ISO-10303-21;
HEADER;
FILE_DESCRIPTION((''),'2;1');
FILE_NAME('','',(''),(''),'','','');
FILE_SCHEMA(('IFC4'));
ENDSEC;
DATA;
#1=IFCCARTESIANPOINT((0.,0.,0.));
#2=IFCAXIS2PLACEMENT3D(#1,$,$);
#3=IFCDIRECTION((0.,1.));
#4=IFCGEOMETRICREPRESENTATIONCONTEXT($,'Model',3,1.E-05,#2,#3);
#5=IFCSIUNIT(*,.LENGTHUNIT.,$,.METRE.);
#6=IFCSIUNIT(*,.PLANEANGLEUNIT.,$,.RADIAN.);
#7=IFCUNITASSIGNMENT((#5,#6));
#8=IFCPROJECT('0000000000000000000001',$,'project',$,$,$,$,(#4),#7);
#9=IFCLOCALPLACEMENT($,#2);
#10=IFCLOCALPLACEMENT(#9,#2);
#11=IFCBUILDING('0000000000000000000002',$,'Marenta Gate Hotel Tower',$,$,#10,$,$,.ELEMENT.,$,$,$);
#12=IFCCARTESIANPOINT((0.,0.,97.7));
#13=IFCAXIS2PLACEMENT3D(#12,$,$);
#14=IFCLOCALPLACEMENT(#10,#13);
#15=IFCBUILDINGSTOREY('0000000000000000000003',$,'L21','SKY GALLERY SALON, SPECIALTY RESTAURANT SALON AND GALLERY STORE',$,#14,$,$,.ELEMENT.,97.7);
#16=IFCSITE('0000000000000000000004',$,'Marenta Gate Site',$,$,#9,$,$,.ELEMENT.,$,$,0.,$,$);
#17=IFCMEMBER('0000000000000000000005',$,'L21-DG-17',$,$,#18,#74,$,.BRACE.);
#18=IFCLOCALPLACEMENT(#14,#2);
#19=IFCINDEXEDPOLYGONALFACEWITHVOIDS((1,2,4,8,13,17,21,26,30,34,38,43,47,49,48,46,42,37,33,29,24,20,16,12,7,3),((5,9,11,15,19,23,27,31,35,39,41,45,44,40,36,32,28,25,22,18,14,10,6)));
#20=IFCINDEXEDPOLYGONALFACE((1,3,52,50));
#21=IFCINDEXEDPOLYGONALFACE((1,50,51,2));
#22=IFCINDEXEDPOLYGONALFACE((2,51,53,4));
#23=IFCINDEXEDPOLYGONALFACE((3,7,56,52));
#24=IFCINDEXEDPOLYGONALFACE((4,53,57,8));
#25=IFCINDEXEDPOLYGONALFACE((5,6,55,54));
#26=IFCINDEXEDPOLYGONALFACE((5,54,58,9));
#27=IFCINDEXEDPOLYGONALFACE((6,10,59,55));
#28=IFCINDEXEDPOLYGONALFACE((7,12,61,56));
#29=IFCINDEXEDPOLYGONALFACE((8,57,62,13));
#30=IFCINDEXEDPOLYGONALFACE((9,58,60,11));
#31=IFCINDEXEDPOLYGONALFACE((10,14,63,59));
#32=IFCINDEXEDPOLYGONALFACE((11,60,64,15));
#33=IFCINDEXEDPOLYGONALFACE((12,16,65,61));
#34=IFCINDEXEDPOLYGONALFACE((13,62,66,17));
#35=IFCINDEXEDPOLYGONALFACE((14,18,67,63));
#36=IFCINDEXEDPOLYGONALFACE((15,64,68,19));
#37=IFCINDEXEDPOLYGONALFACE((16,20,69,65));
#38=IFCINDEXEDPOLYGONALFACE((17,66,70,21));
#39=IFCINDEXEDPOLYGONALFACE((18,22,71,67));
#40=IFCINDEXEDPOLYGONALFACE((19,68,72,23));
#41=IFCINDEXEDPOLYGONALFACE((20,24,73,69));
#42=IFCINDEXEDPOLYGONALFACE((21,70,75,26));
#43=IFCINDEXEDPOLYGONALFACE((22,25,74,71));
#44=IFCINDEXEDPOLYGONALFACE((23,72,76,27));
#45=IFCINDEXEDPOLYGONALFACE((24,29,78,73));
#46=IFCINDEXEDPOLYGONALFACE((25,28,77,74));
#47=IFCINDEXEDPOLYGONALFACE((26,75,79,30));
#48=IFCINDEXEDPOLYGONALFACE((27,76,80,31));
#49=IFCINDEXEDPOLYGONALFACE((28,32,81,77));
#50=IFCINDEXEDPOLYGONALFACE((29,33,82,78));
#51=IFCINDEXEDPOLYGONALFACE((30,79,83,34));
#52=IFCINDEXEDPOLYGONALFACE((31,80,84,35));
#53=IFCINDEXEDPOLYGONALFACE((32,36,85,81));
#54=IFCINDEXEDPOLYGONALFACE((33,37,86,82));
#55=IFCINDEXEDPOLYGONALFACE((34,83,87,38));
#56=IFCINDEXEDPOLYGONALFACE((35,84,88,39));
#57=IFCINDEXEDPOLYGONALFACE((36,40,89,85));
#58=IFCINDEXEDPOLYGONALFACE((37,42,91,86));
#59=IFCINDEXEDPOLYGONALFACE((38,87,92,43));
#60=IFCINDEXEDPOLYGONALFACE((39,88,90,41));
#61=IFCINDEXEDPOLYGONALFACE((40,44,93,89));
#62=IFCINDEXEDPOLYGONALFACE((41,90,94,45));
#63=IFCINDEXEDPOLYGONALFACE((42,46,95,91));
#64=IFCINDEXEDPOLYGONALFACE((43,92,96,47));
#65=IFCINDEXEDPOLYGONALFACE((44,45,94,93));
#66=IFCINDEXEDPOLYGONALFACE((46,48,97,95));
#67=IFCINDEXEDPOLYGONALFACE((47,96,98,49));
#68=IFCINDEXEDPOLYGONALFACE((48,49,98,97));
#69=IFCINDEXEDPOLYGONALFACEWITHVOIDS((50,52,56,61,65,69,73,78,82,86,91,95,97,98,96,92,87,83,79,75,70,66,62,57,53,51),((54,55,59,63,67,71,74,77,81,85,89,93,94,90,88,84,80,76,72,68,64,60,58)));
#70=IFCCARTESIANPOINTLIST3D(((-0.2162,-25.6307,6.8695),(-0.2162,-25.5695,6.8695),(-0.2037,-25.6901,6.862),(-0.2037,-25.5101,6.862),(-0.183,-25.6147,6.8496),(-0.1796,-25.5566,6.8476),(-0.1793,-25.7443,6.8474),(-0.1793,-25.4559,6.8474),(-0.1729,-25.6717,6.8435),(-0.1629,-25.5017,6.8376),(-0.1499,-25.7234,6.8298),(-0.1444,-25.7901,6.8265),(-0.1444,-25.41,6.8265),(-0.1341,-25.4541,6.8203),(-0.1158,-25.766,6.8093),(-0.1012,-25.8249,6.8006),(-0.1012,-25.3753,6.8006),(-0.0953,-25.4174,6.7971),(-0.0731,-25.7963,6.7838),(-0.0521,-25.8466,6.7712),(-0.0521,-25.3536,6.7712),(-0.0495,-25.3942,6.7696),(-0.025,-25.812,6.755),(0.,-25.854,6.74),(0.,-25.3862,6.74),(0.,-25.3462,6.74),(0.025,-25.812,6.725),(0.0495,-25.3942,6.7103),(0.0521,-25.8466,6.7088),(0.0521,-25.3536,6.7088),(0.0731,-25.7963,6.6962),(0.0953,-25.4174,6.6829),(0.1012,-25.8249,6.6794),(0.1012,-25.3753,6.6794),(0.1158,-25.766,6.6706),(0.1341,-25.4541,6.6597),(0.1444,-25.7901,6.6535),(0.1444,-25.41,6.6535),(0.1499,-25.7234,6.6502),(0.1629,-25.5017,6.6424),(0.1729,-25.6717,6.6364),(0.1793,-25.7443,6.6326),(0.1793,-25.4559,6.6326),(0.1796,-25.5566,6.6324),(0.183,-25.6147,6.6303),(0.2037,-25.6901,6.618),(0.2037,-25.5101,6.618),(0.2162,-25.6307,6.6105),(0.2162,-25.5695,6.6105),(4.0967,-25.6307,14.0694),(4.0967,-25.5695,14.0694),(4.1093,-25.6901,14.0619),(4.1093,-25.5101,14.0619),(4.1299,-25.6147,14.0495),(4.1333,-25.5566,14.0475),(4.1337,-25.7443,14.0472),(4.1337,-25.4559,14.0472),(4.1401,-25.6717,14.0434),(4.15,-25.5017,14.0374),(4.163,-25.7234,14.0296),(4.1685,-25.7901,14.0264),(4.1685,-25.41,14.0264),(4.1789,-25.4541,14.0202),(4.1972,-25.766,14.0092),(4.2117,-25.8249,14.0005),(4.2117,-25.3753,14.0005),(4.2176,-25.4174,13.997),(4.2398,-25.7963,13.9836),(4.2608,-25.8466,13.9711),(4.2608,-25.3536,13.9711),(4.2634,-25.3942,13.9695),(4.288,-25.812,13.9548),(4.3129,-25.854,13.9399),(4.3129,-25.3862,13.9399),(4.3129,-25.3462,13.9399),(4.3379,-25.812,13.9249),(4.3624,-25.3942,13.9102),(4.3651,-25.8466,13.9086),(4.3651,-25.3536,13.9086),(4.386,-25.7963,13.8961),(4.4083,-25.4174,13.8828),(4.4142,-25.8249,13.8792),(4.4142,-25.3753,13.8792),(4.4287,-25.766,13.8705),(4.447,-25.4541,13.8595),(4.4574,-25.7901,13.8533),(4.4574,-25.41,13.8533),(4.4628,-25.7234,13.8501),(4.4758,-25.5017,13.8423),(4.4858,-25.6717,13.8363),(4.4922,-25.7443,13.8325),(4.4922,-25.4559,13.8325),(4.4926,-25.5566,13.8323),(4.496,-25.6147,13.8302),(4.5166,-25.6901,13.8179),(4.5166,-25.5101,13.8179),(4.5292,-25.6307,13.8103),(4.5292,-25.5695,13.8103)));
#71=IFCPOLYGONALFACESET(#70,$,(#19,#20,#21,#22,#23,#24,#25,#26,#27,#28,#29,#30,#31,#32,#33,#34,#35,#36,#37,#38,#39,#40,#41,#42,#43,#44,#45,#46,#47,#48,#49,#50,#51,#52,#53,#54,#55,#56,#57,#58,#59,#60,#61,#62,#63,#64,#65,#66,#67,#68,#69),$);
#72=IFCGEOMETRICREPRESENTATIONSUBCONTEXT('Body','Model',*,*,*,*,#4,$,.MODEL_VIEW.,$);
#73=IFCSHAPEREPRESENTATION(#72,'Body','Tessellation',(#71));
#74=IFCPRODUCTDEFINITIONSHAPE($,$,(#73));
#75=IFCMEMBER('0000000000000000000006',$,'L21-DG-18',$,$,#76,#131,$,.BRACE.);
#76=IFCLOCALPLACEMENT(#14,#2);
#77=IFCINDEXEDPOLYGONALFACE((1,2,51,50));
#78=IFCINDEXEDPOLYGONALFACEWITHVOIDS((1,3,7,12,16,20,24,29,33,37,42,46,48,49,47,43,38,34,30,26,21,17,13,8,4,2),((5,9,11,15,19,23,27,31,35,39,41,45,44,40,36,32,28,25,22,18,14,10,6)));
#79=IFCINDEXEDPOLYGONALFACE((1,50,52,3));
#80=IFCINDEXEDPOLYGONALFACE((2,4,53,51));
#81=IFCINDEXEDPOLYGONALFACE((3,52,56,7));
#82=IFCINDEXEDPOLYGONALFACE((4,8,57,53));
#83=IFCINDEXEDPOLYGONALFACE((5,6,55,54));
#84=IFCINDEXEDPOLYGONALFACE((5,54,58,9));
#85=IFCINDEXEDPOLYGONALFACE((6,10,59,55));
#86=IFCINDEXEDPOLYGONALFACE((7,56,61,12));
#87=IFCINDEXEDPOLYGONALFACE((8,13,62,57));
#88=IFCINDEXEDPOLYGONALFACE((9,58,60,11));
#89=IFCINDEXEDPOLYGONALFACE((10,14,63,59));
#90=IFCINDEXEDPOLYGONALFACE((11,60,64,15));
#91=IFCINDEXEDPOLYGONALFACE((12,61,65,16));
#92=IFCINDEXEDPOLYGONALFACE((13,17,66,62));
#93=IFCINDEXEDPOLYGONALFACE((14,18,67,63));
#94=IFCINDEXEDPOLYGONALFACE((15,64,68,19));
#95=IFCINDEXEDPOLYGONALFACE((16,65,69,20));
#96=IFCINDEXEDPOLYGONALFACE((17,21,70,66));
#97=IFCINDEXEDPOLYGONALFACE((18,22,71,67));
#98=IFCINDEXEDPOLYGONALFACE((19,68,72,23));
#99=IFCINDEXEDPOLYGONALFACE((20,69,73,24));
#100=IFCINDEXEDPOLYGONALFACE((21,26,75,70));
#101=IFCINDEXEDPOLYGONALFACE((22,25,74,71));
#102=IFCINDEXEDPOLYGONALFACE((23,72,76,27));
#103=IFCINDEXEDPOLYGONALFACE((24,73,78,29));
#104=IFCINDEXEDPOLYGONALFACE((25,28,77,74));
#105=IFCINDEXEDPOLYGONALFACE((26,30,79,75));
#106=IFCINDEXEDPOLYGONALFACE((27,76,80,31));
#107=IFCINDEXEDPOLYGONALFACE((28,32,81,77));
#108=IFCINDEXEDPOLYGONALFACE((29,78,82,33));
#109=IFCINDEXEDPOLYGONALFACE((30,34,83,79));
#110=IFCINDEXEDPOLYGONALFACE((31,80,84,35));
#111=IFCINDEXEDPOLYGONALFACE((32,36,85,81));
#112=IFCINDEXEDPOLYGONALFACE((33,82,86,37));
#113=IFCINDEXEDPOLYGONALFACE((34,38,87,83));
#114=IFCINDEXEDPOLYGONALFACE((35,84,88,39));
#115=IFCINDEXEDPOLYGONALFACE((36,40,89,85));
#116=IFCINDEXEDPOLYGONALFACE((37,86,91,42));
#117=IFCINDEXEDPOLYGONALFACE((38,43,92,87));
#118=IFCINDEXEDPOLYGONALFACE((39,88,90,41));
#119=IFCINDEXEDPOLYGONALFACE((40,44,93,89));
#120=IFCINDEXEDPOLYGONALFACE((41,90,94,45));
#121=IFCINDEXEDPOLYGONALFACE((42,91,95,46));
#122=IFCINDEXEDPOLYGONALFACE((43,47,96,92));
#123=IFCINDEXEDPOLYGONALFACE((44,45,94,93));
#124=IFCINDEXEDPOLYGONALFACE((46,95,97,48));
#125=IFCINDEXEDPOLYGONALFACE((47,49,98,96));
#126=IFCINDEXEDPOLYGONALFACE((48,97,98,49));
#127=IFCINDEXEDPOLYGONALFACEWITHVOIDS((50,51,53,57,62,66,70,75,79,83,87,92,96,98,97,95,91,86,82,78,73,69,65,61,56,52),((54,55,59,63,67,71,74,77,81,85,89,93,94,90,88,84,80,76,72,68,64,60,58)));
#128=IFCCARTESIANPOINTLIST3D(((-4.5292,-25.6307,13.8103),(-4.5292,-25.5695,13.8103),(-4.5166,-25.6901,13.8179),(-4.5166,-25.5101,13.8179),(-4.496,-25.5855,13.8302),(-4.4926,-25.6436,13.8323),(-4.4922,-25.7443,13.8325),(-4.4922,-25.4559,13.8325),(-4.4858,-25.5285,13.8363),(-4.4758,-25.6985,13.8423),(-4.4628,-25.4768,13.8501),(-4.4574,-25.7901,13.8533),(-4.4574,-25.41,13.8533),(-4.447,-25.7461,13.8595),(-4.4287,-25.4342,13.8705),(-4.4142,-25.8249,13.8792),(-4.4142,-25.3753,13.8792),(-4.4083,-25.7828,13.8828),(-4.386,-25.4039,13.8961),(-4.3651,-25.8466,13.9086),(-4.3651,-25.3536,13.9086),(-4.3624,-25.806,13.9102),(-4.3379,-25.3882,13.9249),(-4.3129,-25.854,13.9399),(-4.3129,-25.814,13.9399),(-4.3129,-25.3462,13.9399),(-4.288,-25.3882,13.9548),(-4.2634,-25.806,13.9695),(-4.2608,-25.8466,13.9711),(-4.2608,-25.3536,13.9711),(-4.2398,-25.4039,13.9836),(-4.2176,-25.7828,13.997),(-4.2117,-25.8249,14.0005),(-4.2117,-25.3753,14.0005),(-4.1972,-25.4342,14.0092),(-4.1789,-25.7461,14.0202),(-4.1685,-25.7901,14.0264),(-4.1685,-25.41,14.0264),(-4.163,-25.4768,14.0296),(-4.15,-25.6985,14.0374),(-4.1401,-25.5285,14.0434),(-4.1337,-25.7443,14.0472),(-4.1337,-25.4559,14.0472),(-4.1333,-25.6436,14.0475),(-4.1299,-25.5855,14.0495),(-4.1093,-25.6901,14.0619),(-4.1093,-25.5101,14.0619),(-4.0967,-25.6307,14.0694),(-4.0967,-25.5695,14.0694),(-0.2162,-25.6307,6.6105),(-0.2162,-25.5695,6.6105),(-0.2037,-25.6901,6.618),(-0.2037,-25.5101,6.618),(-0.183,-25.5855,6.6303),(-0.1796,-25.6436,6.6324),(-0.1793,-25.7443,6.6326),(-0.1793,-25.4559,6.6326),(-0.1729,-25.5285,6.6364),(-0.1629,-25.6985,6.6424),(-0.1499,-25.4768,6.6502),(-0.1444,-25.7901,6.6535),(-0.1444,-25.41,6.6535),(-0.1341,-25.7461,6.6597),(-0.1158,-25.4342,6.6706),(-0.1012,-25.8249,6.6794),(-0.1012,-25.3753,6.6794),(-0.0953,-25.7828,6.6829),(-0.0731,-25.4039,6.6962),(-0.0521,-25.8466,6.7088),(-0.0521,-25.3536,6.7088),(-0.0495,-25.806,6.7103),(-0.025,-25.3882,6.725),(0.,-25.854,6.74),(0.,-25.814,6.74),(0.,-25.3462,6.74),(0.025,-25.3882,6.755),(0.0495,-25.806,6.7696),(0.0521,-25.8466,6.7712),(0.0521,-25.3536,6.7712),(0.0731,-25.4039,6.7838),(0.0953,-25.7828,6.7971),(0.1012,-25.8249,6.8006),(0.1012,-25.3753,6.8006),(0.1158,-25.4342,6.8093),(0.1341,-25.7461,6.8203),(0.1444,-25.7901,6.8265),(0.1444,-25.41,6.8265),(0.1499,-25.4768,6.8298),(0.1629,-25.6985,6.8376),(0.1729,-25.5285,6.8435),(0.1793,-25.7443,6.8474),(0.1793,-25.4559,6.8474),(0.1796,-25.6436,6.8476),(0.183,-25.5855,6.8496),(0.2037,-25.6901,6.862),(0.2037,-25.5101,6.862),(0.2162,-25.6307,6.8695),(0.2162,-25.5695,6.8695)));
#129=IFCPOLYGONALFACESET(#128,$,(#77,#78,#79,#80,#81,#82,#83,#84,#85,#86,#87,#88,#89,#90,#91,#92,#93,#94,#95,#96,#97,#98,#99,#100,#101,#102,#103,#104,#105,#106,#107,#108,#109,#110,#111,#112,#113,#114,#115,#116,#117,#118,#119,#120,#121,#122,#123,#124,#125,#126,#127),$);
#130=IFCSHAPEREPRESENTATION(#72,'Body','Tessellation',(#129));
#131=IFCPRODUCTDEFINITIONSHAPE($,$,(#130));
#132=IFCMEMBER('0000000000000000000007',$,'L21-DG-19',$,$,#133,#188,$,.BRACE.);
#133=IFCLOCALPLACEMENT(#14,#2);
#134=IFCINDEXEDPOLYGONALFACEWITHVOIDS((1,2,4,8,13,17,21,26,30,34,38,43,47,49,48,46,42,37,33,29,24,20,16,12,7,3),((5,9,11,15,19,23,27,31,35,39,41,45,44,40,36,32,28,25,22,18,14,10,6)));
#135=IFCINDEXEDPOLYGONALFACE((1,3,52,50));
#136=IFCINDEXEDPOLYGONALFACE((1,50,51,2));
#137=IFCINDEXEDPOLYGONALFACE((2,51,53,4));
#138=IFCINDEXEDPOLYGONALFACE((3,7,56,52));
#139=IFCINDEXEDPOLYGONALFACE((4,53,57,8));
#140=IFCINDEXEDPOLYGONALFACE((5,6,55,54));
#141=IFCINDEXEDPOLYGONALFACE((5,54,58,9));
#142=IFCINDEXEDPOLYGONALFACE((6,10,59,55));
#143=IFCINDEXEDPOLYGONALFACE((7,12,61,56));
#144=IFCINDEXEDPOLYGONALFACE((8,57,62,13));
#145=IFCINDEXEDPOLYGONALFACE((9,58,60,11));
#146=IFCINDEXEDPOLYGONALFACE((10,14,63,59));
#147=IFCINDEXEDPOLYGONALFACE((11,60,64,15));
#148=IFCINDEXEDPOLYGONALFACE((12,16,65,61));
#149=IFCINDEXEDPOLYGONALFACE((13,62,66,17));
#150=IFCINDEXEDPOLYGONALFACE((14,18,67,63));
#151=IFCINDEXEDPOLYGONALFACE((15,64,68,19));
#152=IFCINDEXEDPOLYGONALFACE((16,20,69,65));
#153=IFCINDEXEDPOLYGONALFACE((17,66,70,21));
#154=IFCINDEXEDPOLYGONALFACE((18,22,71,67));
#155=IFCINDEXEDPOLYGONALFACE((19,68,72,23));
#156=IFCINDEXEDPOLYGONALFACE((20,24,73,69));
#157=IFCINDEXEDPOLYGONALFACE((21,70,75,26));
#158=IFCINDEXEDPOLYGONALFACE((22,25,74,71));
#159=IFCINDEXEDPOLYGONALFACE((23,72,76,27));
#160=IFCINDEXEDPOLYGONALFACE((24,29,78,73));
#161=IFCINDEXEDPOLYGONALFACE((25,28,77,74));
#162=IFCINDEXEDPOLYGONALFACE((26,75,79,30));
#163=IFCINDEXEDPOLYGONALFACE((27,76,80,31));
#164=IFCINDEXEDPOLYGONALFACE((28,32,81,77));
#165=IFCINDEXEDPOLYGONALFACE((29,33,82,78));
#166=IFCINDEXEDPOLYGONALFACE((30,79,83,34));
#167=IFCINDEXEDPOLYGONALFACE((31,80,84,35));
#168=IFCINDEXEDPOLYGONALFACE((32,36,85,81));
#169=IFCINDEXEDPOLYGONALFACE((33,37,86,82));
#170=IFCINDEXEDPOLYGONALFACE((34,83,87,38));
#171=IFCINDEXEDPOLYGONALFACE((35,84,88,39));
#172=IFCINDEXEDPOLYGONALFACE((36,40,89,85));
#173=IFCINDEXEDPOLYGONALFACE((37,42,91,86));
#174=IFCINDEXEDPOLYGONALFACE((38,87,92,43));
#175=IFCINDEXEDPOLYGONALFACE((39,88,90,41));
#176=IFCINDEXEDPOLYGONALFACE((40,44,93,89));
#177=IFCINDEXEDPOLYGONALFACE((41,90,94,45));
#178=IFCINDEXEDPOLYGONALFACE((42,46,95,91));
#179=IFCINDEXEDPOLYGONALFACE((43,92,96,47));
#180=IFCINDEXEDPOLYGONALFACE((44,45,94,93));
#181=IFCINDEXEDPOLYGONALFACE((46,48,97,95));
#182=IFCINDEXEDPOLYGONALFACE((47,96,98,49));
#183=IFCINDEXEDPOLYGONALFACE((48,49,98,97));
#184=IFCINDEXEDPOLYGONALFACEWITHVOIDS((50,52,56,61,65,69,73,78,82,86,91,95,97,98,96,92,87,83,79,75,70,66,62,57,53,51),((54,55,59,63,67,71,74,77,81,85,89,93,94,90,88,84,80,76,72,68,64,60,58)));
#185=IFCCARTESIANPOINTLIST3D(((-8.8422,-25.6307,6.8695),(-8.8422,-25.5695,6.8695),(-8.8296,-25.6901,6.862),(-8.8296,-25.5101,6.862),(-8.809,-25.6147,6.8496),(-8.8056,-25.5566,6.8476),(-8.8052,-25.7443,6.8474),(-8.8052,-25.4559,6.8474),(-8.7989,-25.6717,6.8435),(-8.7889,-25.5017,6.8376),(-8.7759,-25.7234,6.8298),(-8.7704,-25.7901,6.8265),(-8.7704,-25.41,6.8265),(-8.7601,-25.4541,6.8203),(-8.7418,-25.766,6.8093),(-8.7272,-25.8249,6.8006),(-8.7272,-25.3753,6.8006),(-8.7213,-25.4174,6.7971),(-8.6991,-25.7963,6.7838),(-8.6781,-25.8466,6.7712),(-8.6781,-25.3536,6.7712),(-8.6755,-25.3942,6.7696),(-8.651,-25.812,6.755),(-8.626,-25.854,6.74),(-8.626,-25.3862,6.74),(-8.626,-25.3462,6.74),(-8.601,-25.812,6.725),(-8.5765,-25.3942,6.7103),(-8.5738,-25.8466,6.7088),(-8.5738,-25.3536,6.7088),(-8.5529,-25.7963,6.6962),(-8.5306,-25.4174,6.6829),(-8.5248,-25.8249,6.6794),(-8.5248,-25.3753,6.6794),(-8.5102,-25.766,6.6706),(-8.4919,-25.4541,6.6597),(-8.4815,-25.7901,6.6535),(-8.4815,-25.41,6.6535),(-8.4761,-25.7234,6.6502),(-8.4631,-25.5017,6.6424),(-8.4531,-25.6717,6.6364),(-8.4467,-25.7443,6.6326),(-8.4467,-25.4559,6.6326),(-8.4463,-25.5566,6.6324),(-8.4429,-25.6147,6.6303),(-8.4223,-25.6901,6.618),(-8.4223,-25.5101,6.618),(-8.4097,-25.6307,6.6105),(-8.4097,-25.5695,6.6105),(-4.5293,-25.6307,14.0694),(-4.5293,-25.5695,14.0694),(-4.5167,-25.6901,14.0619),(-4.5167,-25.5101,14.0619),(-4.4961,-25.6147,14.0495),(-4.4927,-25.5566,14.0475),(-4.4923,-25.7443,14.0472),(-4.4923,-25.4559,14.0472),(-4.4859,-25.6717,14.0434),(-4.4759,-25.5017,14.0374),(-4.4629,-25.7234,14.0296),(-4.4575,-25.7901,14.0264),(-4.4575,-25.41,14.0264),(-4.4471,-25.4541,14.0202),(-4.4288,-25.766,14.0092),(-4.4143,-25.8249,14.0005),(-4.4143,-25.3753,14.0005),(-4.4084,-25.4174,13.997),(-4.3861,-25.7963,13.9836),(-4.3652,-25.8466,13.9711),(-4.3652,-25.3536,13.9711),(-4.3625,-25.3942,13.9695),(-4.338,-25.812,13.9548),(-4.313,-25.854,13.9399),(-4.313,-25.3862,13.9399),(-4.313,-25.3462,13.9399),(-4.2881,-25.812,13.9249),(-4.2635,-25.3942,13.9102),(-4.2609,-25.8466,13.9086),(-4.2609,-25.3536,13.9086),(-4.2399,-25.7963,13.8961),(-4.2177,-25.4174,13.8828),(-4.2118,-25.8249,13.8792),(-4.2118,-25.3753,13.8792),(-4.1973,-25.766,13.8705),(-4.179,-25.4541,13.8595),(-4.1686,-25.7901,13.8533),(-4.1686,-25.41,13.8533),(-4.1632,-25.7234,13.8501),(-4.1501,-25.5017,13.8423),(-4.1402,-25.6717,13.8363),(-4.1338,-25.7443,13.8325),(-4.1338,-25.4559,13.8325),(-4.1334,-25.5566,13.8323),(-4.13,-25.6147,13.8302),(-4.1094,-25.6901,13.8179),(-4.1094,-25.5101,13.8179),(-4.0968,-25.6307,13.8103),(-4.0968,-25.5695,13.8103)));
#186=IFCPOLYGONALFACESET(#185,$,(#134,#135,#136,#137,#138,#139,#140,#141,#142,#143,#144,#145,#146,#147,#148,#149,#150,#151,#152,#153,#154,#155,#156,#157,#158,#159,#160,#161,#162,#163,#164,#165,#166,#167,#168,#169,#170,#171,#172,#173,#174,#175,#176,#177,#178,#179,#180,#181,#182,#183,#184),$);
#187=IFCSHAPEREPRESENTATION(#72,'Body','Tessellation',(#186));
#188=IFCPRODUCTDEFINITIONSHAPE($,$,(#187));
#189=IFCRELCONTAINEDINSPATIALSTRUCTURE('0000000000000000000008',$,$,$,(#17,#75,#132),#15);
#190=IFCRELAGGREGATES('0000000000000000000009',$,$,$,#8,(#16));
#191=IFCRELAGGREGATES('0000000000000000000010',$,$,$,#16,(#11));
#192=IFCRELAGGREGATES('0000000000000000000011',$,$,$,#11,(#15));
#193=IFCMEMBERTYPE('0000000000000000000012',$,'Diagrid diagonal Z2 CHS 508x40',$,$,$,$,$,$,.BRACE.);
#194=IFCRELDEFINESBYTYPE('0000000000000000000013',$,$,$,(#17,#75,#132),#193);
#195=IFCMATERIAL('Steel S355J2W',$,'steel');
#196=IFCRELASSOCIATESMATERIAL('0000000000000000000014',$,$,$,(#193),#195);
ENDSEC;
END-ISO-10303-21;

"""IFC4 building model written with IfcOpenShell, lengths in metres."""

from ifc_helpers import new_model, si_unit, direction, frame, origin, origin_2d, place, context, subcontext, project, spatial, hollow_circle, extrude, material, material_profile, profile_set, type_object, element, save


model = new_model("IFC4")

# Units and contexts
model_context = context("Model", 3, precision=1e-05, world=origin(), true_north=direction((0.0, 1.0)))
body_context = subcontext(model_context, "Body", "Model", "MODEL_VIEW")
ifc_project = project(units=[si_unit("LENGTHUNIT", "METRE"), si_unit("PLANEANGLEUNIT", "RADIAN")], contexts=[model_context])

# Site, building, storey
site_placement = place(None, origin())
site = spatial("IfcSite", under=ifc_project, at=site_placement, Name="Marenta Gate Site", CompositionType="ELEMENT", RefElevation=0.0)
building_placement = place(site_placement, origin())
building = spatial("IfcBuilding", under=site, at=building_placement, Name="Marenta Gate Hotel Tower", CompositionType="ELEMENT")
storey_placement = place(building_placement, frame((0.0, 0.0, 97.7)))
storey = spatial("IfcBuildingStorey", under=building, at=storey_placement, Name="L21", Description="SKY GALLERY SALON, SPECIALTY RESTAURANT SALON AND GALLERY STORE", CompositionType="ELEMENT", Elevation=97.7)

# Members
ifc_material_1 = material(Name="Steel S355J2W", Category="steel")
ifc_material_profile_1 = material_profile(ifc_material_1, hollow_circle(Radius=0.2539, WallThickness=0.04, at=origin_2d()), Name="CHS 508x40")
ifc_profile_set_1 = profile_set([ifc_material_profile_1], Name="Steel S355J2W")
member_type_1 = type_object("IfcMemberType", Name="Diagrid diagonal Z2 CHS 508x40", PredefinedType="BRACE", material=ifc_profile_set_1)
for number, where, z_axis, x_axis, name in (
    (1, (0.0, -25.6001, 6.74), (0.513884, 0.0, 0.85786), (0.0, 1.0, 0.0), "L21-DG-17"),
    (2, (0.0, -25.6001, 6.74), (-0.513884, 0.0, 0.85786), (0.0, -1.0, 0.0), "L21-DG-18"),
    (3, (-8.626, -25.6001, 6.74), (0.513884, 0.0, 0.85786), (0.0, 1.0, 0.0), "L21-DG-19"),
):
    element("IfcMember", number, at=place(storey_placement, frame(where, z_axis=z_axis, x_axis=x_axis)), inside=storey, type_object=member_type_1, Name=name, PredefinedType="BRACE", context=body_context, shape_type="SweptSolid", body=[
        extrude(hollow_circle(Radius=0.2539, WallThickness=0.04, at=origin_2d()), origin(), (0.0, 0.0, 1.0), 8.3928),
    ])

save(model, "model.ifc")
